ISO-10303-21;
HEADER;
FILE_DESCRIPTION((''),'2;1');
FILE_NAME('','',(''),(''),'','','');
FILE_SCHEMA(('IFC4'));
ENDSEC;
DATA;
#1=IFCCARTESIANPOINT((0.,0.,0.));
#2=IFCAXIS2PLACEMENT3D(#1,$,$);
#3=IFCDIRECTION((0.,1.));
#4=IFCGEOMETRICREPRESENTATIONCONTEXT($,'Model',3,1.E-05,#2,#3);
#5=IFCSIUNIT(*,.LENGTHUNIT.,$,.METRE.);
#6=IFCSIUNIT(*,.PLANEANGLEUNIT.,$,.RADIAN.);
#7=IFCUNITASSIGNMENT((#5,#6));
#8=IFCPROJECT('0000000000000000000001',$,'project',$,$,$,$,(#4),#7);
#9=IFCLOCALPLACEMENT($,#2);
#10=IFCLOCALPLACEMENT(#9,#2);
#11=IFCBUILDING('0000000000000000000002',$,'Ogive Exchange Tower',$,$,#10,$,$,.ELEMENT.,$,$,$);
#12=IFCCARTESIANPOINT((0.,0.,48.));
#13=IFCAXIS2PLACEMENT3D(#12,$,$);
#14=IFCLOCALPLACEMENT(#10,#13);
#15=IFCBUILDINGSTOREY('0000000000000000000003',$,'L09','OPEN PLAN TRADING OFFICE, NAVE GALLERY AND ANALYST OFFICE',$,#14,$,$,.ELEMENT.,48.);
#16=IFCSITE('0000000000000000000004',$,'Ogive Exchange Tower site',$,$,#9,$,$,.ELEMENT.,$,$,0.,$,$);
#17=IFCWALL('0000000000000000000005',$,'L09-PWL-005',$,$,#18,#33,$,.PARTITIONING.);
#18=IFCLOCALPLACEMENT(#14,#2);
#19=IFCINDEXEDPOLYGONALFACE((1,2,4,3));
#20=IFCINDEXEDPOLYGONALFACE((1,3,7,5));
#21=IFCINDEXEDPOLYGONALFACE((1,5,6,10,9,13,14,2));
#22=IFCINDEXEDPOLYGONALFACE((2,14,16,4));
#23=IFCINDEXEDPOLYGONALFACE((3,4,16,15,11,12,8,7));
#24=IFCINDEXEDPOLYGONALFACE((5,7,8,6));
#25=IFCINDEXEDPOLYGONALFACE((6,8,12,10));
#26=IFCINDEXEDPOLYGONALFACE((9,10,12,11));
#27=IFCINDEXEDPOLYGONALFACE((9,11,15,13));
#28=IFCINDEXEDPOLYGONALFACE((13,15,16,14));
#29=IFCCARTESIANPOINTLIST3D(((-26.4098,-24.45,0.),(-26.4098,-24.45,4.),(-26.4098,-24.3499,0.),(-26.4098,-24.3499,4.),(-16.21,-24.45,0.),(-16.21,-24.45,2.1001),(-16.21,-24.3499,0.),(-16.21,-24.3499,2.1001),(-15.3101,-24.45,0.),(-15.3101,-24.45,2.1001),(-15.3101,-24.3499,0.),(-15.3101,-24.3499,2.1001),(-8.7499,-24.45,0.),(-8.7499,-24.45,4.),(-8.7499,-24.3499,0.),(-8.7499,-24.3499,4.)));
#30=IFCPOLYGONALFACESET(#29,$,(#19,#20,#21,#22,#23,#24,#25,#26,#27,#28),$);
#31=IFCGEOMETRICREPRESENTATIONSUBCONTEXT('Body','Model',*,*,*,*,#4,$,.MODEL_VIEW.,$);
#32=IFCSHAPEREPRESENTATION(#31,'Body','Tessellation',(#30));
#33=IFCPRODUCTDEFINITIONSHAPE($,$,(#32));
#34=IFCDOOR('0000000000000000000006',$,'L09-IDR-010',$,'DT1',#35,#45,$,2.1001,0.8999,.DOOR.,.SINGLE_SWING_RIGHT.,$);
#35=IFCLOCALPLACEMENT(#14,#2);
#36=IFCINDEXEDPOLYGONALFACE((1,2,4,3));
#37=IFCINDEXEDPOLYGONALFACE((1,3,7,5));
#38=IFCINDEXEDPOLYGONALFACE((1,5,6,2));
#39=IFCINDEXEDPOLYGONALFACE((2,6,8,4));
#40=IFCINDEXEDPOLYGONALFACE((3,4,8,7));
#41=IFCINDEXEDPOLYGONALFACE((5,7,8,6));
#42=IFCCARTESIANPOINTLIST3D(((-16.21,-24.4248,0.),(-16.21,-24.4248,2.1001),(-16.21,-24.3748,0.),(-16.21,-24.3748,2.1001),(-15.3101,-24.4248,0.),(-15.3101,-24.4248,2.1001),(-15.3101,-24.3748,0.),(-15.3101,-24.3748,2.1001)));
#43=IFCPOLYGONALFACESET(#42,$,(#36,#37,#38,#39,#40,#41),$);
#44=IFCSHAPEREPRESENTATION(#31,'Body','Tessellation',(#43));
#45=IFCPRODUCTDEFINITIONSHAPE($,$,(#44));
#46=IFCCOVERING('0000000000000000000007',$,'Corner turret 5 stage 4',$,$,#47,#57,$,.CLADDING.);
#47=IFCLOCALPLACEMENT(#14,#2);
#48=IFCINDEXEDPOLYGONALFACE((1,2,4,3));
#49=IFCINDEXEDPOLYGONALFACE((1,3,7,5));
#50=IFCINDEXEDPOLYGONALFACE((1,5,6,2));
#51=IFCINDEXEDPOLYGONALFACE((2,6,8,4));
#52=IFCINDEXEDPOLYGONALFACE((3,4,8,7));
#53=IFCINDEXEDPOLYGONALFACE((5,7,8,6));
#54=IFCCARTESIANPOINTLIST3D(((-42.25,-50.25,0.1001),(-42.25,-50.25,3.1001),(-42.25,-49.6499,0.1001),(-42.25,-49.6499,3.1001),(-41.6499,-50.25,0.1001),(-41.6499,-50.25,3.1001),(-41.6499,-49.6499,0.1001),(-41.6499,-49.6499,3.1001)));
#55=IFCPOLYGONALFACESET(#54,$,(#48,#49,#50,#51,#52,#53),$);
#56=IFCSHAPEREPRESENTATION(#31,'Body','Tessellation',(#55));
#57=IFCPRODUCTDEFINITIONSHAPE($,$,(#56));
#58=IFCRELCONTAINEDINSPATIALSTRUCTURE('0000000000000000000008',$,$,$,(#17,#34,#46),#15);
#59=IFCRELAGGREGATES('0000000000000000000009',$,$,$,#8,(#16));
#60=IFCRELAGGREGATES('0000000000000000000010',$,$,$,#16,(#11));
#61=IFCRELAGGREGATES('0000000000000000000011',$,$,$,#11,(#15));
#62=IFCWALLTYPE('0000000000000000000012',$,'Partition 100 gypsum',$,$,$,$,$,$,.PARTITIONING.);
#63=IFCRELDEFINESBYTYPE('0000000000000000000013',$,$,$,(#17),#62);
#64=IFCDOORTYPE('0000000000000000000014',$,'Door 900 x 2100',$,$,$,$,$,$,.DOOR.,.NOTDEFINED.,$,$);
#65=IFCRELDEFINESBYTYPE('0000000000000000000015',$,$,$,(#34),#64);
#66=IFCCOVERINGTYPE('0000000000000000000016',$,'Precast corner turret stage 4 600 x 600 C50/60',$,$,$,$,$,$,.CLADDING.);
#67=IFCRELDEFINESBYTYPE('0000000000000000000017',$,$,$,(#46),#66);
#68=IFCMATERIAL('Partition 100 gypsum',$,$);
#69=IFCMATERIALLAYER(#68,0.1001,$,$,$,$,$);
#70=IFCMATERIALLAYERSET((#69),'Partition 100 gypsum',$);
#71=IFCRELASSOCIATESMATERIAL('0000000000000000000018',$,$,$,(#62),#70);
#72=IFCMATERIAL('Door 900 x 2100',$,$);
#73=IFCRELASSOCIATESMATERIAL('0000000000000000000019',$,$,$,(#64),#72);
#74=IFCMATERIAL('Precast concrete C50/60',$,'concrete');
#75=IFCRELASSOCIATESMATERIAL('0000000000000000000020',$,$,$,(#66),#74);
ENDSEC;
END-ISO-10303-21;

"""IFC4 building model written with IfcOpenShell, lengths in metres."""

from ifc_helpers import new_model, si_unit, direction, frame, frame_2d, origin, origin_2d, place, context, subcontext, project, spatial, rectangle, extrude, material, layer, layer_set, material_profile, profile_set, type_object, element, fill, save


model = new_model("IFC4")

# Units and contexts
model_context = context("Model", 3, precision=1e-05, world=origin(), true_north=direction((0.0, 1.0)))
body_context = subcontext(model_context, "Body", "Model", "MODEL_VIEW")
ifc_project = project(units=[si_unit("LENGTHUNIT", "METRE"), si_unit("PLANEANGLEUNIT", "RADIAN")], contexts=[model_context])

# Site, building, storey
site_placement = place(None, origin())
site = spatial("IfcSite", under=ifc_project, at=site_placement, Name="Ogive Exchange Tower site", CompositionType="ELEMENT", RefElevation=0.0)
building_placement = place(site_placement, origin())
building = spatial("IfcBuilding", under=site, at=building_placement, Name="Ogive Exchange Tower", CompositionType="ELEMENT")
storey_placement = place(building_placement, frame((0.0, 0.0, 48.0)))
storey = spatial("IfcBuildingStorey", under=building, at=storey_placement, Name="L09", Description="OPEN PLAN TRADING OFFICE, NAVE GALLERY AND ANALYST OFFICE", CompositionType="ELEMENT", Elevation=48.0)

# Shared definitions
ifc_material_1 = material(Name="Partition 100 gypsum")
ifc_layer_1 = layer(ifc_material_1, 0.1001)
ifc_layer_set_1 = layer_set([ifc_layer_1], Name="Partition 100 gypsum")
wall_type_1 = type_object("IfcWallType", Name="Partition 100 gypsum", PredefinedType="PARTITIONING", material=ifc_layer_set_1)

# Wall, opening, door
wall_1_placement = place(storey_placement, frame((-26.4099, -24.3999, 0.0), z_axis=(0.0, 0.0, 1.0), x_axis=(1.0, 0.0, 0.0)))
wall_1 = element("IfcWall", 1, at=wall_1_placement, inside=storey, type_object=wall_type_1, Name="L09-PWL-005", PredefinedType="PARTITIONING", context=body_context, shape_type="SweptSolid", body=[
    extrude(rectangle(XDim=17.6599, YDim=0.1001, at=frame_2d((8.8301, 0.0))), origin(), (0.0, 0.0, 1.0), 4.0),
])
opening_1_placement = place(wall_1_placement, frame((10.2, 0.0, 0.0)))
opening_1 = element("IfcOpeningElement", 2, at=opening_1_placement, cuts=wall_1, PredefinedType="OPENING", context=body_context, shape_type="SweptSolid", body=[
    extrude(rectangle(XDim=0.8999, YDim=2.1001, at=frame_2d((0.45, 1.05))), frame((0.0, 0.0601, 0.0), z_axis=(0.0, -1.0, 0.0), x_axis=(1.0, 0.0, 0.0)), (0.0, 0.0, 1.0), 0.1201),
])
ifc_material_2 = material(Name="Door 900 x 2100")
door_type_1 = type_object("IfcDoorType", Name="Door 900 x 2100", OperationType="NOTDEFINED", PredefinedType="DOOR", material=ifc_material_2)
door_1_placement = place(opening_1_placement, frame((0.8999, 0.0, 0.0), z_axis=(0.0, 0.0, 1.0), x_axis=(-1.0, 0.0, 0.0)))
door_1 = element("IfcDoor", 3, at=door_1_placement, inside=storey, type_object=door_type_1, Name="L09-IDR-010", ObjectType="DT1", OperationType="SINGLE_SWING_RIGHT", OverallHeight=2.1001, OverallWidth=0.8999, PredefinedType="DOOR", context=body_context, shape_type="SweptSolid", body=[
    extrude(rectangle(XDim=0.8999, YDim=2.1001, at=frame_2d((0.45, 1.05))), frame((0.0, 0.0249, 0.0), z_axis=(0.0, -1.0, 0.0), x_axis=(1.0, 0.0, 0.0)), (0.0, 0.0, 1.0), 0.05),
])
fill(opening_1, door_1)

# Covering
ifc_material_3 = material(Name="Precast concrete C50/60", Category="concrete")
ifc_material_profile_1 = material_profile(ifc_material_3, rectangle(XDim=0.6001, YDim=0.6001, at=origin_2d()), Name="CORNER TURRET 4 600 x 600")
ifc_profile_set_1 = profile_set([ifc_material_profile_1], Name="Precast concrete C50/60")
covering_type = type_object("IfcCoveringType", Name="Precast corner turret stage 4 600 x 600 C50/60", PredefinedType="CLADDING", material=ifc_profile_set_1)
covering_placement = place(storey_placement, frame((-41.95, -49.95, 0.1001), z_axis=(0.0, 0.0, 1.0), x_axis=(1.0, 0.0, 0.0)))
element("IfcCovering", 4, at=covering_placement, inside=storey, type_object=covering_type, Name="Corner turret 5 stage 4", PredefinedType="CLADDING", context=body_context, shape_type="SweptSolid", body=[
    extrude(rectangle(XDim=0.6001, YDim=0.6001, at=origin_2d()), origin(), (0.0, 0.0, 1.0), 3.0),
])

save(model, "model.ifc")
